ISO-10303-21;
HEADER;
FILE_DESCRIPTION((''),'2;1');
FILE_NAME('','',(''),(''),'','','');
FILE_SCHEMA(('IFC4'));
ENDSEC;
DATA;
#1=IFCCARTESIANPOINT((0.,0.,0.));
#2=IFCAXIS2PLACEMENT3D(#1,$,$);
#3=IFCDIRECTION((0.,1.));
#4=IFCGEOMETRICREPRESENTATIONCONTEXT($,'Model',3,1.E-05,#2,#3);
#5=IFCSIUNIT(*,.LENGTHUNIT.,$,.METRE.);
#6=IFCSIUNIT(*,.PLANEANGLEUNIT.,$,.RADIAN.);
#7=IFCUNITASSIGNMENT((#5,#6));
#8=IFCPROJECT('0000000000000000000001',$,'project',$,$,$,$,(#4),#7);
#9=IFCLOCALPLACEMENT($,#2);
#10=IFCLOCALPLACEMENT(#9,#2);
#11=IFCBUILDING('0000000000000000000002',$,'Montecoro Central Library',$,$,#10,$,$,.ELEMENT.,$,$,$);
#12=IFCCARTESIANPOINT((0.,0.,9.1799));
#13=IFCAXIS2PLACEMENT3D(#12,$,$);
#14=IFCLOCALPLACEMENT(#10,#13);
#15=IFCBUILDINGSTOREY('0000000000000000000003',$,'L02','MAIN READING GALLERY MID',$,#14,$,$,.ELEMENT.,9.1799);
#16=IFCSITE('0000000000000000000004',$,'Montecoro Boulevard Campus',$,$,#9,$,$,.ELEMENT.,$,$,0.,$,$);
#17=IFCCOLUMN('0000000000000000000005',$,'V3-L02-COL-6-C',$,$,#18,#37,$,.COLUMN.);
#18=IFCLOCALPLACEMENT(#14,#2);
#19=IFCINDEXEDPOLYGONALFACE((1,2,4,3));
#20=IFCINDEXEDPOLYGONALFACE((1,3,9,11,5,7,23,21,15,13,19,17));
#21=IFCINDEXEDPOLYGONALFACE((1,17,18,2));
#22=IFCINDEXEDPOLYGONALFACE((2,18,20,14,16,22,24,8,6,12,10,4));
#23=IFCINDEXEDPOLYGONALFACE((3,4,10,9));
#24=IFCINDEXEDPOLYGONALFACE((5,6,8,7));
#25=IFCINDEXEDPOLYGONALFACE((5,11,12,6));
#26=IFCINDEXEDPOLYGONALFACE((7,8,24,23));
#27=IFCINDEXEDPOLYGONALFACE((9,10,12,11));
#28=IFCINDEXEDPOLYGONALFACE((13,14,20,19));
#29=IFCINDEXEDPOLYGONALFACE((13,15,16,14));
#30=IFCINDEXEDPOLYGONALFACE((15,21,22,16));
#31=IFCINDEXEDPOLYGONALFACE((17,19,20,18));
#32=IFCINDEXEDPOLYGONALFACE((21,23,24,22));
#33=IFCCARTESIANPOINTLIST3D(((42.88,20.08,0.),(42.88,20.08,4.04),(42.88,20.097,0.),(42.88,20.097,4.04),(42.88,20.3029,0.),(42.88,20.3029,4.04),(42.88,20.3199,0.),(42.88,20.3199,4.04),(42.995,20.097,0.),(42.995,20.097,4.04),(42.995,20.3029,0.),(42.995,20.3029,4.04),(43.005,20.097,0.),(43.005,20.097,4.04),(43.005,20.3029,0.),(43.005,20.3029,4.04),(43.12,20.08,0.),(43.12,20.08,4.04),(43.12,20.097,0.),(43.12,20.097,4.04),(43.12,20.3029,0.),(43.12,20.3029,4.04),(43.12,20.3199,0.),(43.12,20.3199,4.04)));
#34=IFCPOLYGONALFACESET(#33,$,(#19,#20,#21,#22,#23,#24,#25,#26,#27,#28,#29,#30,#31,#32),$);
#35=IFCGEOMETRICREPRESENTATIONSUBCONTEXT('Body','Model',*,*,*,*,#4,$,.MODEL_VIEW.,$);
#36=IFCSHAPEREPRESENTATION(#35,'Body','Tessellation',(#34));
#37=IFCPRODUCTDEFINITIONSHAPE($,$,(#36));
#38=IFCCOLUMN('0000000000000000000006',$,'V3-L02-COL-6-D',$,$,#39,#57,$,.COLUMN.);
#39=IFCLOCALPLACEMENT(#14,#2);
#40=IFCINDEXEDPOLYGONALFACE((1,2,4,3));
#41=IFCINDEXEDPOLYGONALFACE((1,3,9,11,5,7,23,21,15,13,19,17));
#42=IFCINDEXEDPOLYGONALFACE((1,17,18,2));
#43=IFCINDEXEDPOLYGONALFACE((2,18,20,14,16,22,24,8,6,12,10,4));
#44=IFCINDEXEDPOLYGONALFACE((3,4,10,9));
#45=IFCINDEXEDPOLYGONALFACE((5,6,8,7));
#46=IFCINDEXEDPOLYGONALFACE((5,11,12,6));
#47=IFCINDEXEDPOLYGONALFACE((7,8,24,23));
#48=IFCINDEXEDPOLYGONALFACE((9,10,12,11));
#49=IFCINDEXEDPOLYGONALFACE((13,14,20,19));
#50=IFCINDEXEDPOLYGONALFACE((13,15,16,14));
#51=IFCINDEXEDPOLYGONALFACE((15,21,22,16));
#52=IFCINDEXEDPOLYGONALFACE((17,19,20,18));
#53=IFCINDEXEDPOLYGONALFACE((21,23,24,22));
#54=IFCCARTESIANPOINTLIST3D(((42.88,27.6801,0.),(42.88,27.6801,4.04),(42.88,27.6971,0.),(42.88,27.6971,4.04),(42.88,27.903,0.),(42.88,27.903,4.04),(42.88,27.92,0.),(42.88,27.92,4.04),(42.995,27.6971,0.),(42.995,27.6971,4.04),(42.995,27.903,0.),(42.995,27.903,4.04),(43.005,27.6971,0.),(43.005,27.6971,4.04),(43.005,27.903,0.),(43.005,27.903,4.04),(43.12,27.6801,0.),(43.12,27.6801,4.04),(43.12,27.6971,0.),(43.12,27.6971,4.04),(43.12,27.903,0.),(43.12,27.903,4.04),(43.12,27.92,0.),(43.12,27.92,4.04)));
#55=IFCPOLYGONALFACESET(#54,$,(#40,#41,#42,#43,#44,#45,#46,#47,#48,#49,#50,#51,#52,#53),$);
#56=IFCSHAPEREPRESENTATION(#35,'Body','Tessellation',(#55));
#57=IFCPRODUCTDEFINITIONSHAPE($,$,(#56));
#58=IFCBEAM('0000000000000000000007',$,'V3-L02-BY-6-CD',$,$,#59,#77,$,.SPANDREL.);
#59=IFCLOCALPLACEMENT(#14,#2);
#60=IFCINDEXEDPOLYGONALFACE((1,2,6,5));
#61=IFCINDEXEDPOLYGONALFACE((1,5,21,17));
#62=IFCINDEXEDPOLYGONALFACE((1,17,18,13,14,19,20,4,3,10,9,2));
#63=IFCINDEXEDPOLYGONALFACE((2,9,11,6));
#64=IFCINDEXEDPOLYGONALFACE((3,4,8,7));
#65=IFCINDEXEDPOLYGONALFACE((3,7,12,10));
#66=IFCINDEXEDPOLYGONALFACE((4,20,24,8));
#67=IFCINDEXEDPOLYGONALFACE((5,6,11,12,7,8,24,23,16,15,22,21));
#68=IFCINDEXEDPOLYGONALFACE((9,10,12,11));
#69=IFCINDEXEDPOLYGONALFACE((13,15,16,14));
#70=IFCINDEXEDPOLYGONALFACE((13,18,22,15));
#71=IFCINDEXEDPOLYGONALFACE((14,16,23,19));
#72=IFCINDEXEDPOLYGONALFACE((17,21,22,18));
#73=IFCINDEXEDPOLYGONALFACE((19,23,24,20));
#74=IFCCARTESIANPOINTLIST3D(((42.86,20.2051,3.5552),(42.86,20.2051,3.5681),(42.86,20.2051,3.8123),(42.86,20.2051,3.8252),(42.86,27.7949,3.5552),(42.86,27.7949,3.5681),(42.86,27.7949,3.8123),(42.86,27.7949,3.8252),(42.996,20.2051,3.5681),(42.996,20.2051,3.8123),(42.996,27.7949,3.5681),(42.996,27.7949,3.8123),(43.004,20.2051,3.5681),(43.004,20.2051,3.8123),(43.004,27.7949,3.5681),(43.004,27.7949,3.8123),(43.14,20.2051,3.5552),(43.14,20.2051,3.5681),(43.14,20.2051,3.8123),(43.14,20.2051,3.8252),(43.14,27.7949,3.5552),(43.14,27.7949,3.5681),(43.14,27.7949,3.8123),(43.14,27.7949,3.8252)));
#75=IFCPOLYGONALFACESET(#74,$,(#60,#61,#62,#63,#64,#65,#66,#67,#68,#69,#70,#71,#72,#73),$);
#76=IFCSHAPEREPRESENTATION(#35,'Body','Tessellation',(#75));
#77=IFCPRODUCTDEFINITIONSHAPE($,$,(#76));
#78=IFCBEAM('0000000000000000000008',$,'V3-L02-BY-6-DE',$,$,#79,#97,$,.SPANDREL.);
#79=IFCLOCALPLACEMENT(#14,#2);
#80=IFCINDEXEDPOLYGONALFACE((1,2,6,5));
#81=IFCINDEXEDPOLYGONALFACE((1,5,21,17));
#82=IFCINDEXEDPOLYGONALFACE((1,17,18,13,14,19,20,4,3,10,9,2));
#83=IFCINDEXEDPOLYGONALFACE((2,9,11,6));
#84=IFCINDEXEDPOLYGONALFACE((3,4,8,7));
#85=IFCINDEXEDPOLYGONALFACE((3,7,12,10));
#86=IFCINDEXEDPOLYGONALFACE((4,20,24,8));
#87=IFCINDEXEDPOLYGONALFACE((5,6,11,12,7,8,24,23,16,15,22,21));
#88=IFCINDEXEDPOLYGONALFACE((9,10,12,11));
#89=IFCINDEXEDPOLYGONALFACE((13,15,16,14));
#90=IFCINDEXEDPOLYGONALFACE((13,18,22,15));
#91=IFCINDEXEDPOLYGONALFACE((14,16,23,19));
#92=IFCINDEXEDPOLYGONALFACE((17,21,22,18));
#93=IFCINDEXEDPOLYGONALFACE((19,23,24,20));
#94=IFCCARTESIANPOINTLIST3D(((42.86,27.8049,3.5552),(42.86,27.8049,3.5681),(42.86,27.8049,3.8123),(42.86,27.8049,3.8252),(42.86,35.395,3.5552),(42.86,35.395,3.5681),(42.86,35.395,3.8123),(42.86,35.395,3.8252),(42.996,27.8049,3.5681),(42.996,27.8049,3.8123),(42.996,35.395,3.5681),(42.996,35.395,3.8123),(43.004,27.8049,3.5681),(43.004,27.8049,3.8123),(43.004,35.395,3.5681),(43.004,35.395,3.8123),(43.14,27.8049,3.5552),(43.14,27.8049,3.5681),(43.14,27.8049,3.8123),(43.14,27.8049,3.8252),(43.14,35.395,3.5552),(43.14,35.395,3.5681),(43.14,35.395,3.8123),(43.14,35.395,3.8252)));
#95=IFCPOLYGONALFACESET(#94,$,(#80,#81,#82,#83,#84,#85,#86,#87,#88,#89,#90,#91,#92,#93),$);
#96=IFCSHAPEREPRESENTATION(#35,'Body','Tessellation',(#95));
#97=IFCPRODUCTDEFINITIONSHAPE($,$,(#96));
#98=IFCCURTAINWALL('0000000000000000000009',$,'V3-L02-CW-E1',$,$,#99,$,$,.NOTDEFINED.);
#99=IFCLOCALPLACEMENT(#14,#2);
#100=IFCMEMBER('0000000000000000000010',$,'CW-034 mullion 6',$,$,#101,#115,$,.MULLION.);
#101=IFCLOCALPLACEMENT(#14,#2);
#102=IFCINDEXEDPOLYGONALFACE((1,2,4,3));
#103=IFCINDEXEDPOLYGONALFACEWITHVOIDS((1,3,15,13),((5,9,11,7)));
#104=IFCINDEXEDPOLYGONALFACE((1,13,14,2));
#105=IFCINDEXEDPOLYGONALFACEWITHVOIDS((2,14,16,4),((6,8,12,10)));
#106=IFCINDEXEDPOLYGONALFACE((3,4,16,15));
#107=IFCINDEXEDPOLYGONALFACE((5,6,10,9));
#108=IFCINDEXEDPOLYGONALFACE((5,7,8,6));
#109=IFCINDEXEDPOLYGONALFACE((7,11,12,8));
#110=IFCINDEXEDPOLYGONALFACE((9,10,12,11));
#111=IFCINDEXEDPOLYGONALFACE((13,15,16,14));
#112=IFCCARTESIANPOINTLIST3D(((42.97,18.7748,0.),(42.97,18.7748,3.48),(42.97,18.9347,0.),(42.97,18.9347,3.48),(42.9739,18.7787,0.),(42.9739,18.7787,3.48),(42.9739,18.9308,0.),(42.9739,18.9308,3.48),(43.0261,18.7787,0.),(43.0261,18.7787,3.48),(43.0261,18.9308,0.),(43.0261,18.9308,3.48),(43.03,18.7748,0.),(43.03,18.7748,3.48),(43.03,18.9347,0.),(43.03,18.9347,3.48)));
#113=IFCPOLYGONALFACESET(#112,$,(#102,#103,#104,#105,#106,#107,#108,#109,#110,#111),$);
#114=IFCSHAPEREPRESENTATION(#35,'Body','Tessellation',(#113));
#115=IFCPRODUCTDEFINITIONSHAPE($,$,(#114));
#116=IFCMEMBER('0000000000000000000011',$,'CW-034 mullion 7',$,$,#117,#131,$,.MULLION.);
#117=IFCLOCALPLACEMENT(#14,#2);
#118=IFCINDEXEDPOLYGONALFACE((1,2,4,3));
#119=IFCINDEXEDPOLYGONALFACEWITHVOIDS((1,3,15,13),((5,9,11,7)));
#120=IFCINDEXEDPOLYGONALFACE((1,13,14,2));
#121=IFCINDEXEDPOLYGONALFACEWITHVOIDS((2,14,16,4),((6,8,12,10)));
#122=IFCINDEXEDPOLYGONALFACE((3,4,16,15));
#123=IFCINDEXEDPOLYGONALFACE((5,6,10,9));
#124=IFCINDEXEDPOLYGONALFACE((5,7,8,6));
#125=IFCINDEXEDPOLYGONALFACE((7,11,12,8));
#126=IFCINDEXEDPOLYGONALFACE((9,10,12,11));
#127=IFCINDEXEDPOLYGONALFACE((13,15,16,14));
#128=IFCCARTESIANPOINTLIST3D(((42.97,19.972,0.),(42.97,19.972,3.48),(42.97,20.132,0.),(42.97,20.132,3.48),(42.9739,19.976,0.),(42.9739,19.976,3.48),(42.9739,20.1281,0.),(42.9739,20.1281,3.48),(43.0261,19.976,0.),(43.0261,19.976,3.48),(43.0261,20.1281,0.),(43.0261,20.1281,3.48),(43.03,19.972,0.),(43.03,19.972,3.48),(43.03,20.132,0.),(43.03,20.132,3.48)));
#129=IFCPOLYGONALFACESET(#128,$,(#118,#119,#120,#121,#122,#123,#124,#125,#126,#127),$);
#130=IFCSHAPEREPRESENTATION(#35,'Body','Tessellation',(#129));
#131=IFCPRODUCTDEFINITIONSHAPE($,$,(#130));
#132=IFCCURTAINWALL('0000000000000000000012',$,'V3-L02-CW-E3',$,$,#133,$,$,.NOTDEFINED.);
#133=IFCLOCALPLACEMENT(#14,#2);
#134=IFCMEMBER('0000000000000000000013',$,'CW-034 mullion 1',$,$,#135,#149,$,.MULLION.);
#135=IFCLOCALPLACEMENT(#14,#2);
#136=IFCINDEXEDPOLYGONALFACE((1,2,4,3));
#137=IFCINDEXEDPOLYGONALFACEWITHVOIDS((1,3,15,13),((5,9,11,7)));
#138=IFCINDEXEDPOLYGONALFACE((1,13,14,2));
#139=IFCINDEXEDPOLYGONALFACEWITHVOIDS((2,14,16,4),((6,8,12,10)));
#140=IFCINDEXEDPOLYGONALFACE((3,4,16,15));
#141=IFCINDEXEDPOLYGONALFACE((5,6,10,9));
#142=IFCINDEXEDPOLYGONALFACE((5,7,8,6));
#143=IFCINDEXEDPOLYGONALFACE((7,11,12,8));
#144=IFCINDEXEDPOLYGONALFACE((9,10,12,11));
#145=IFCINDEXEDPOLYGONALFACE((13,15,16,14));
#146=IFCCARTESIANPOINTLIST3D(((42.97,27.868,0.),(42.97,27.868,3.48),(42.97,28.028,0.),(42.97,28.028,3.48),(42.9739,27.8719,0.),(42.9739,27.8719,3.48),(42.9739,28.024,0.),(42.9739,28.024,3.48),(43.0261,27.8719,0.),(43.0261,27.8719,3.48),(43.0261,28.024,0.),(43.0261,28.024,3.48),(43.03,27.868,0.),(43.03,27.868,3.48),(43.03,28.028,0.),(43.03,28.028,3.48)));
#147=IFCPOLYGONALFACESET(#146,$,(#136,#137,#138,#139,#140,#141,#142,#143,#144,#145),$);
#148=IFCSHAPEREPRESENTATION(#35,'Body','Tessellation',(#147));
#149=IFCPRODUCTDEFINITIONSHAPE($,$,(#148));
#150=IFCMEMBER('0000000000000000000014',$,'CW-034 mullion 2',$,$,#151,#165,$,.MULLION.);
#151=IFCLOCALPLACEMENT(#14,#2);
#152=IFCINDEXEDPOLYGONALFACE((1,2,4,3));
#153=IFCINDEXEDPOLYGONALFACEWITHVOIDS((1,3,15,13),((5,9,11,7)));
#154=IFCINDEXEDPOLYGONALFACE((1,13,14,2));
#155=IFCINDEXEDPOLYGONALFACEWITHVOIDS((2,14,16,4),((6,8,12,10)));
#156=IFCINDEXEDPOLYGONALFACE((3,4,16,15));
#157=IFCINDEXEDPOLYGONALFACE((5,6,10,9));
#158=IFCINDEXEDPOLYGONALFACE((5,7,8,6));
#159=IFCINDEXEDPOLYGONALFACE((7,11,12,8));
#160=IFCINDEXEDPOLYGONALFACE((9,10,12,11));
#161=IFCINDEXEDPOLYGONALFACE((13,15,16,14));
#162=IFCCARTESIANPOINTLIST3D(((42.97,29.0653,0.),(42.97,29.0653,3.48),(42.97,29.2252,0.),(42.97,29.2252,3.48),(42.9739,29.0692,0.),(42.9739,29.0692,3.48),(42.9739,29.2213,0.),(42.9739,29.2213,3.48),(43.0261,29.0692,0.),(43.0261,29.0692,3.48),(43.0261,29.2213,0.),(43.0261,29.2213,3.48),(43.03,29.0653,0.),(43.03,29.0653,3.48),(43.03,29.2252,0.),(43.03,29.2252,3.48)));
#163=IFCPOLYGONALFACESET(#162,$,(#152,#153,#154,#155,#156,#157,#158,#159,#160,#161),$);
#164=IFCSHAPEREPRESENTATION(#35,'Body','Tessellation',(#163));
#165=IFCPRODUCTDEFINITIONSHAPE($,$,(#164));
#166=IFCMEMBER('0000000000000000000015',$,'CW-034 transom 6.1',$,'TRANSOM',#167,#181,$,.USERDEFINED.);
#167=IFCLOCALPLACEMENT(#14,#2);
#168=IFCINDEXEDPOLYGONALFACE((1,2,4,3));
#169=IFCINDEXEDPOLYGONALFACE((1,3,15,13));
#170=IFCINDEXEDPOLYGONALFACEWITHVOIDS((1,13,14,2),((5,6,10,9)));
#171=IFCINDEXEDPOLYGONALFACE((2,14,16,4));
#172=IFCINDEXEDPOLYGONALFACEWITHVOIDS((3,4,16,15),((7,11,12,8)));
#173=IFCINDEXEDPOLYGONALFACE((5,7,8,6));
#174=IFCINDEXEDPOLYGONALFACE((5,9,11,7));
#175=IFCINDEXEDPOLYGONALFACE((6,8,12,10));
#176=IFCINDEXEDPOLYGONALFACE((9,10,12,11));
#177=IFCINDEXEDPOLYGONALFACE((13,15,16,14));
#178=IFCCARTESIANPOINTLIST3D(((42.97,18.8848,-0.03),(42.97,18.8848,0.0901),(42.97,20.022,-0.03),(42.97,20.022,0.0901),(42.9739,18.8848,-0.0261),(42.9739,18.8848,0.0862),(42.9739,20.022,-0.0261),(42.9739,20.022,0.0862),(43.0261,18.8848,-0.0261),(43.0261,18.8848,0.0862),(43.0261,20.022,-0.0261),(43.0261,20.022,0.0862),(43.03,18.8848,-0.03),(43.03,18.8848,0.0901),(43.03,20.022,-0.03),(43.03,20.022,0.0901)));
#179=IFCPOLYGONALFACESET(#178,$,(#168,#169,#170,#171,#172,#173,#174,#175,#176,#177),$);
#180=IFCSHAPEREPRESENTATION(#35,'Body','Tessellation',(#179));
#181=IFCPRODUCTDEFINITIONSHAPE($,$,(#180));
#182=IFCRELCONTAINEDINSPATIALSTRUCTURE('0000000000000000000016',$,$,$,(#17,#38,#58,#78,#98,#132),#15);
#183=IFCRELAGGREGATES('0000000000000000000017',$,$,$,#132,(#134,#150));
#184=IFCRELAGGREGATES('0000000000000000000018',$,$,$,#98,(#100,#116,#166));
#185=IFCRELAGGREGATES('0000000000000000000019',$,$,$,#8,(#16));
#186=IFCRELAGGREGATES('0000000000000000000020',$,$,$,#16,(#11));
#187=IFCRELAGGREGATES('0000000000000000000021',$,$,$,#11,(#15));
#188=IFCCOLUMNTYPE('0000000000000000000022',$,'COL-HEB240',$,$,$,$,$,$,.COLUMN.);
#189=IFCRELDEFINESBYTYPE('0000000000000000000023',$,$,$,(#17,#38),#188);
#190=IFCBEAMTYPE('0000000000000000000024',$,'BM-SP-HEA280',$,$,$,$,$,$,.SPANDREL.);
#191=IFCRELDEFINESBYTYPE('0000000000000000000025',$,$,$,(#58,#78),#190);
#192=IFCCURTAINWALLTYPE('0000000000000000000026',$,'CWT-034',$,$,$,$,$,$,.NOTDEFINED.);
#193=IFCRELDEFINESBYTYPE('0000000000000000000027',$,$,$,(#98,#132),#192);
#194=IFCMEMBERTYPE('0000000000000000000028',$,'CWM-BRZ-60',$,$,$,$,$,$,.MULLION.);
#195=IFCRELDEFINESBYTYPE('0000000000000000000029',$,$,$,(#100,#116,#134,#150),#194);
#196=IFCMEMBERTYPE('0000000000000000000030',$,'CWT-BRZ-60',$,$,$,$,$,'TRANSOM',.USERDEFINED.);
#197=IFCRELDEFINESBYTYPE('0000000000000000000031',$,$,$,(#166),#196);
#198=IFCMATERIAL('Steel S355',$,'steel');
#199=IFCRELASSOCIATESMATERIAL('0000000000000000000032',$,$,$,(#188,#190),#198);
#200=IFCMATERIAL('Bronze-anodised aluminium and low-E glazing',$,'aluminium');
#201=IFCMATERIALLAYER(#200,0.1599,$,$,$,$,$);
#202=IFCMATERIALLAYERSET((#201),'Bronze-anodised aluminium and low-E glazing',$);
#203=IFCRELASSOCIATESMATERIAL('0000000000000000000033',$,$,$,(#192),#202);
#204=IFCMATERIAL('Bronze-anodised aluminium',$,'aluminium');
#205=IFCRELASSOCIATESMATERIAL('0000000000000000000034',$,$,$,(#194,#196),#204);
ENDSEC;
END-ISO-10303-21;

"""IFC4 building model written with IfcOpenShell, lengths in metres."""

from ifc_helpers import new_model, si_unit, direction, frame, origin, origin_2d, place, context, subcontext, project, spatial, hollow_rectangle, i_section, extrude, material, layer, layer_set, material_profile, profile_set, type_object, element, aggregate, save


model = new_model("IFC4")

# Units and contexts
model_context = context("Model", 3, precision=1e-05, world=origin(), true_north=direction((0.0, 1.0)))
body_context = subcontext(model_context, "Body", "Model", "MODEL_VIEW")
ifc_project = project(units=[si_unit("LENGTHUNIT", "METRE"), si_unit("PLANEANGLEUNIT", "RADIAN")], contexts=[model_context])

# Site, building, storey
site_placement = place(None, origin())
site = spatial("IfcSite", under=ifc_project, at=site_placement, Name="Montecoro Boulevard Campus", CompositionType="ELEMENT", RefElevation=0.0)
building_placement = place(site_placement, origin())
building = spatial("IfcBuilding", under=site, at=building_placement, Name="Montecoro Central Library", CompositionType="ELEMENT")
storey_placement = place(building_placement, frame((0.0, 0.0, 9.1799)))
storey = spatial("IfcBuildingStorey", under=building, at=storey_placement, Name="L02", Description="MAIN READING GALLERY MID", CompositionType="ELEMENT", Elevation=9.1799)

# Columns
ifc_material_1 = material(Name="Steel S355", Category="steel")
ifc_material_profile_1 = material_profile(ifc_material_1, i_section(OverallWidth=0.24, OverallDepth=0.24, WebThickness=0.01, FlangeThickness=0.0171, at=origin_2d()), Name="HEB 240")
ifc_profile_set_1 = profile_set([ifc_material_profile_1], Name="Steel S355")
column_type = type_object("IfcColumnType", Name="COL-HEB240", PredefinedType="COLUMN", material=ifc_profile_set_1)
for number, where, z_axis, x_axis, name in (
    (1, (43.0, 20.2, 0.0), (0.0, 0.0, 1.0), (1.0, 0.0, 0.0), "V3-L02-COL-6-C"),
    (2, (43.0, 27.8, 0.0), (0.0, 0.0, 1.0), (1.0, 0.0, 0.0), "V3-L02-COL-6-D"),
):
    element("IfcColumn", number, at=place(storey_placement, frame(where, z_axis=z_axis, x_axis=x_axis)), inside=storey, type_object=column_type, Name=name, PredefinedType="COLUMN", context=body_context, shape_type="SweptSolid", body=[
        extrude(i_section(OverallWidth=0.24, OverallDepth=0.24, WebThickness=0.01, FlangeThickness=0.0171, at=origin_2d()), origin(), (0.0, 0.0, 1.0), 4.04),
    ])

# Beams
ifc_material_profile_2 = material_profile(ifc_material_1, i_section(OverallWidth=0.28, OverallDepth=0.27, WebThickness=0.0081, FlangeThickness=0.0129, at=origin_2d()), Name="HEA 280")
ifc_profile_set_2 = profile_set([ifc_material_profile_2], Name="Steel S355")
beam_type = type_object("IfcBeamType", Name="BM-SP-HEA280", PredefinedType="SPANDREL", material=ifc_profile_set_2)
beam_1_placement = place(storey_placement, frame((43.0, 20.2051, 3.6902), z_axis=(0.0, 1.0, 0.0), x_axis=(-1.0, 0.0, 0.0)))
element("IfcBeam", 3, at=beam_1_placement, inside=storey, type_object=beam_type, Name="V3-L02-BY-6-CD", PredefinedType="SPANDREL", context=body_context, shape_type="SweptSolid", body=[
    extrude(i_section(OverallWidth=0.28, OverallDepth=0.27, WebThickness=0.0081, FlangeThickness=0.0129, at=origin_2d()), origin(), (0.0, 0.0, 1.0), 7.5898),
])
beam_2_placement = place(storey_placement, frame((43.0, 27.8049, 3.6902), z_axis=(0.0, 1.0, 0.0), x_axis=(-1.0, 0.0, 0.0)))
element("IfcBeam", 4, at=beam_2_placement, inside=storey, type_object=beam_type, Name="V3-L02-BY-6-DE", PredefinedType="SPANDREL", context=body_context, shape_type="SweptSolid", body=[
    extrude(i_section(OverallWidth=0.28, OverallDepth=0.27, WebThickness=0.0081, FlangeThickness=0.0129, at=origin_2d()), origin(), (0.0, 0.0, 1.0), 7.5901),
])

# Curtain walls, members
ifc_material_2 = material(Name="Bronze-anodised aluminium and low-E glazing", Category="aluminium")
ifc_layer_1 = layer(ifc_material_2, 0.1599)
ifc_layer_set_1 = layer_set([ifc_layer_1], Name="Bronze-anodised aluminium and low-E glazing")
curtain_wall_type = type_object("IfcCurtainWallType", Name="CWT-034", PredefinedType="NOTDEFINED", material=ifc_layer_set_1)
curtain_wall_1_placement = place(storey_placement, origin())
curtain_wall_1 = element("IfcCurtainWall", 5, at=curtain_wall_1_placement, inside=storey, type_object=curtain_wall_type, Name="V3-L02-CW-E1", PredefinedType="NOTDEFINED")
ifc_material_3 = material(Name="Bronze-anodised aluminium", Category="aluminium")
ifc_material_profile_3 = material_profile(ifc_material_3, hollow_rectangle(XDim=0.0601, YDim=0.1599, WallThickness=0.0039, at=origin_2d()), Name="CWM 160x60x4.0")
ifc_profile_set_3 = profile_set([ifc_material_profile_3], Name="Bronze-anodised aluminium")
member_type_1 = type_object("IfcMemberType", Name="CWM-BRZ-60", PredefinedType="MULLION", material=ifc_profile_set_3)
member_1_placement = place(storey_placement, frame((43.0, 18.8547, 0.0), z_axis=(0.0, 0.0, 1.0), x_axis=(-1.0, 0.0, 0.0)))
member_1 = element("IfcMember", 6, at=member_1_placement, type_object=member_type_1, Name="CW-034 mullion 6", PredefinedType="MULLION", context=body_context, shape_type="SweptSolid", body=[
    extrude(hollow_rectangle(XDim=0.0601, YDim=0.1599, WallThickness=0.0039, at=origin_2d()), origin(), (0.0, 0.0, 1.0), 3.48),
])
member_2_placement = place(storey_placement, frame((43.0, 20.052, 0.0), z_axis=(0.0, 0.0, 1.0), x_axis=(-1.0, 0.0, 0.0)))
member_2 = element("IfcMember", 7, at=member_2_placement, type_object=member_type_1, Name="CW-034 mullion 7", PredefinedType="MULLION", context=body_context, shape_type="SweptSolid", body=[
    extrude(hollow_rectangle(XDim=0.0601, YDim=0.1599, WallThickness=0.0039, at=origin_2d()), origin(), (0.0, 0.0, 1.0), 3.48),
])
curtain_wall_2_placement = place(storey_placement, origin())
curtain_wall_2 = element("IfcCurtainWall", 8, at=curtain_wall_2_placement, inside=storey, type_object=curtain_wall_type, Name="V3-L02-CW-E3", PredefinedType="NOTDEFINED")
member_3_placement = place(storey_placement, frame((43.0, 27.948, 0.0), z_axis=(0.0, 0.0, 1.0), x_axis=(-1.0, 0.0, 0.0)))
member_3 = element("IfcMember", 9, at=member_3_placement, type_object=member_type_1, Name="CW-034 mullion 1", PredefinedType="MULLION", context=body_context, shape_type="SweptSolid", body=[
    extrude(hollow_rectangle(XDim=0.0601, YDim=0.1599, WallThickness=0.0039, at=origin_2d()), origin(), (0.0, 0.0, 1.0), 3.48),
])
member_4_placement = place(storey_placement, frame((43.0, 29.1453, 0.0), z_axis=(0.0, 0.0, 1.0), x_axis=(-1.0, 0.0, 0.0)))
member_4 = element("IfcMember", 10, at=member_4_placement, type_object=member_type_1, Name="CW-034 mullion 2", PredefinedType="MULLION", context=body_context, shape_type="SweptSolid", body=[
    extrude(hollow_rectangle(XDim=0.0601, YDim=0.1599, WallThickness=0.0039, at=origin_2d()), origin(), (0.0, 0.0, 1.0), 3.48),
])

# Member
ifc_material_profile_4 = material_profile(ifc_material_3, hollow_rectangle(XDim=0.0601, YDim=0.1201, WallThickness=0.0039, at=origin_2d()), Name="CWT 120x60x4.0")
ifc_profile_set_4 = profile_set([ifc_material_profile_4], Name="Bronze-anodised aluminium")
member_type_2 = type_object("IfcMemberType", Name="CWT-BRZ-60", ElementType="TRANSOM", PredefinedType="USERDEFINED", material=ifc_profile_set_4)
member_5_placement = place(storey_placement, frame((43.0, 18.8848, 0.03), z_axis=(0.0, 1.0, 0.0), x_axis=(-1.0, 0.0, 0.0)))
member_5 = element("IfcMember", 11, at=member_5_placement, type_object=member_type_2, Name="CW-034 transom 6.1", ObjectType="TRANSOM", PredefinedType="USERDEFINED", context=body_context, shape_type="SweptSolid", body=[
    extrude(hollow_rectangle(XDim=0.0601, YDim=0.1201, WallThickness=0.0039, at=origin_2d()), origin(), (0.0, 0.0, 1.0), 1.1372),
])

aggregate(curtain_wall_2, [member_3, member_4])
aggregate(curtain_wall_1, [member_1, member_2, member_5])

save(model, "model.ifc")
